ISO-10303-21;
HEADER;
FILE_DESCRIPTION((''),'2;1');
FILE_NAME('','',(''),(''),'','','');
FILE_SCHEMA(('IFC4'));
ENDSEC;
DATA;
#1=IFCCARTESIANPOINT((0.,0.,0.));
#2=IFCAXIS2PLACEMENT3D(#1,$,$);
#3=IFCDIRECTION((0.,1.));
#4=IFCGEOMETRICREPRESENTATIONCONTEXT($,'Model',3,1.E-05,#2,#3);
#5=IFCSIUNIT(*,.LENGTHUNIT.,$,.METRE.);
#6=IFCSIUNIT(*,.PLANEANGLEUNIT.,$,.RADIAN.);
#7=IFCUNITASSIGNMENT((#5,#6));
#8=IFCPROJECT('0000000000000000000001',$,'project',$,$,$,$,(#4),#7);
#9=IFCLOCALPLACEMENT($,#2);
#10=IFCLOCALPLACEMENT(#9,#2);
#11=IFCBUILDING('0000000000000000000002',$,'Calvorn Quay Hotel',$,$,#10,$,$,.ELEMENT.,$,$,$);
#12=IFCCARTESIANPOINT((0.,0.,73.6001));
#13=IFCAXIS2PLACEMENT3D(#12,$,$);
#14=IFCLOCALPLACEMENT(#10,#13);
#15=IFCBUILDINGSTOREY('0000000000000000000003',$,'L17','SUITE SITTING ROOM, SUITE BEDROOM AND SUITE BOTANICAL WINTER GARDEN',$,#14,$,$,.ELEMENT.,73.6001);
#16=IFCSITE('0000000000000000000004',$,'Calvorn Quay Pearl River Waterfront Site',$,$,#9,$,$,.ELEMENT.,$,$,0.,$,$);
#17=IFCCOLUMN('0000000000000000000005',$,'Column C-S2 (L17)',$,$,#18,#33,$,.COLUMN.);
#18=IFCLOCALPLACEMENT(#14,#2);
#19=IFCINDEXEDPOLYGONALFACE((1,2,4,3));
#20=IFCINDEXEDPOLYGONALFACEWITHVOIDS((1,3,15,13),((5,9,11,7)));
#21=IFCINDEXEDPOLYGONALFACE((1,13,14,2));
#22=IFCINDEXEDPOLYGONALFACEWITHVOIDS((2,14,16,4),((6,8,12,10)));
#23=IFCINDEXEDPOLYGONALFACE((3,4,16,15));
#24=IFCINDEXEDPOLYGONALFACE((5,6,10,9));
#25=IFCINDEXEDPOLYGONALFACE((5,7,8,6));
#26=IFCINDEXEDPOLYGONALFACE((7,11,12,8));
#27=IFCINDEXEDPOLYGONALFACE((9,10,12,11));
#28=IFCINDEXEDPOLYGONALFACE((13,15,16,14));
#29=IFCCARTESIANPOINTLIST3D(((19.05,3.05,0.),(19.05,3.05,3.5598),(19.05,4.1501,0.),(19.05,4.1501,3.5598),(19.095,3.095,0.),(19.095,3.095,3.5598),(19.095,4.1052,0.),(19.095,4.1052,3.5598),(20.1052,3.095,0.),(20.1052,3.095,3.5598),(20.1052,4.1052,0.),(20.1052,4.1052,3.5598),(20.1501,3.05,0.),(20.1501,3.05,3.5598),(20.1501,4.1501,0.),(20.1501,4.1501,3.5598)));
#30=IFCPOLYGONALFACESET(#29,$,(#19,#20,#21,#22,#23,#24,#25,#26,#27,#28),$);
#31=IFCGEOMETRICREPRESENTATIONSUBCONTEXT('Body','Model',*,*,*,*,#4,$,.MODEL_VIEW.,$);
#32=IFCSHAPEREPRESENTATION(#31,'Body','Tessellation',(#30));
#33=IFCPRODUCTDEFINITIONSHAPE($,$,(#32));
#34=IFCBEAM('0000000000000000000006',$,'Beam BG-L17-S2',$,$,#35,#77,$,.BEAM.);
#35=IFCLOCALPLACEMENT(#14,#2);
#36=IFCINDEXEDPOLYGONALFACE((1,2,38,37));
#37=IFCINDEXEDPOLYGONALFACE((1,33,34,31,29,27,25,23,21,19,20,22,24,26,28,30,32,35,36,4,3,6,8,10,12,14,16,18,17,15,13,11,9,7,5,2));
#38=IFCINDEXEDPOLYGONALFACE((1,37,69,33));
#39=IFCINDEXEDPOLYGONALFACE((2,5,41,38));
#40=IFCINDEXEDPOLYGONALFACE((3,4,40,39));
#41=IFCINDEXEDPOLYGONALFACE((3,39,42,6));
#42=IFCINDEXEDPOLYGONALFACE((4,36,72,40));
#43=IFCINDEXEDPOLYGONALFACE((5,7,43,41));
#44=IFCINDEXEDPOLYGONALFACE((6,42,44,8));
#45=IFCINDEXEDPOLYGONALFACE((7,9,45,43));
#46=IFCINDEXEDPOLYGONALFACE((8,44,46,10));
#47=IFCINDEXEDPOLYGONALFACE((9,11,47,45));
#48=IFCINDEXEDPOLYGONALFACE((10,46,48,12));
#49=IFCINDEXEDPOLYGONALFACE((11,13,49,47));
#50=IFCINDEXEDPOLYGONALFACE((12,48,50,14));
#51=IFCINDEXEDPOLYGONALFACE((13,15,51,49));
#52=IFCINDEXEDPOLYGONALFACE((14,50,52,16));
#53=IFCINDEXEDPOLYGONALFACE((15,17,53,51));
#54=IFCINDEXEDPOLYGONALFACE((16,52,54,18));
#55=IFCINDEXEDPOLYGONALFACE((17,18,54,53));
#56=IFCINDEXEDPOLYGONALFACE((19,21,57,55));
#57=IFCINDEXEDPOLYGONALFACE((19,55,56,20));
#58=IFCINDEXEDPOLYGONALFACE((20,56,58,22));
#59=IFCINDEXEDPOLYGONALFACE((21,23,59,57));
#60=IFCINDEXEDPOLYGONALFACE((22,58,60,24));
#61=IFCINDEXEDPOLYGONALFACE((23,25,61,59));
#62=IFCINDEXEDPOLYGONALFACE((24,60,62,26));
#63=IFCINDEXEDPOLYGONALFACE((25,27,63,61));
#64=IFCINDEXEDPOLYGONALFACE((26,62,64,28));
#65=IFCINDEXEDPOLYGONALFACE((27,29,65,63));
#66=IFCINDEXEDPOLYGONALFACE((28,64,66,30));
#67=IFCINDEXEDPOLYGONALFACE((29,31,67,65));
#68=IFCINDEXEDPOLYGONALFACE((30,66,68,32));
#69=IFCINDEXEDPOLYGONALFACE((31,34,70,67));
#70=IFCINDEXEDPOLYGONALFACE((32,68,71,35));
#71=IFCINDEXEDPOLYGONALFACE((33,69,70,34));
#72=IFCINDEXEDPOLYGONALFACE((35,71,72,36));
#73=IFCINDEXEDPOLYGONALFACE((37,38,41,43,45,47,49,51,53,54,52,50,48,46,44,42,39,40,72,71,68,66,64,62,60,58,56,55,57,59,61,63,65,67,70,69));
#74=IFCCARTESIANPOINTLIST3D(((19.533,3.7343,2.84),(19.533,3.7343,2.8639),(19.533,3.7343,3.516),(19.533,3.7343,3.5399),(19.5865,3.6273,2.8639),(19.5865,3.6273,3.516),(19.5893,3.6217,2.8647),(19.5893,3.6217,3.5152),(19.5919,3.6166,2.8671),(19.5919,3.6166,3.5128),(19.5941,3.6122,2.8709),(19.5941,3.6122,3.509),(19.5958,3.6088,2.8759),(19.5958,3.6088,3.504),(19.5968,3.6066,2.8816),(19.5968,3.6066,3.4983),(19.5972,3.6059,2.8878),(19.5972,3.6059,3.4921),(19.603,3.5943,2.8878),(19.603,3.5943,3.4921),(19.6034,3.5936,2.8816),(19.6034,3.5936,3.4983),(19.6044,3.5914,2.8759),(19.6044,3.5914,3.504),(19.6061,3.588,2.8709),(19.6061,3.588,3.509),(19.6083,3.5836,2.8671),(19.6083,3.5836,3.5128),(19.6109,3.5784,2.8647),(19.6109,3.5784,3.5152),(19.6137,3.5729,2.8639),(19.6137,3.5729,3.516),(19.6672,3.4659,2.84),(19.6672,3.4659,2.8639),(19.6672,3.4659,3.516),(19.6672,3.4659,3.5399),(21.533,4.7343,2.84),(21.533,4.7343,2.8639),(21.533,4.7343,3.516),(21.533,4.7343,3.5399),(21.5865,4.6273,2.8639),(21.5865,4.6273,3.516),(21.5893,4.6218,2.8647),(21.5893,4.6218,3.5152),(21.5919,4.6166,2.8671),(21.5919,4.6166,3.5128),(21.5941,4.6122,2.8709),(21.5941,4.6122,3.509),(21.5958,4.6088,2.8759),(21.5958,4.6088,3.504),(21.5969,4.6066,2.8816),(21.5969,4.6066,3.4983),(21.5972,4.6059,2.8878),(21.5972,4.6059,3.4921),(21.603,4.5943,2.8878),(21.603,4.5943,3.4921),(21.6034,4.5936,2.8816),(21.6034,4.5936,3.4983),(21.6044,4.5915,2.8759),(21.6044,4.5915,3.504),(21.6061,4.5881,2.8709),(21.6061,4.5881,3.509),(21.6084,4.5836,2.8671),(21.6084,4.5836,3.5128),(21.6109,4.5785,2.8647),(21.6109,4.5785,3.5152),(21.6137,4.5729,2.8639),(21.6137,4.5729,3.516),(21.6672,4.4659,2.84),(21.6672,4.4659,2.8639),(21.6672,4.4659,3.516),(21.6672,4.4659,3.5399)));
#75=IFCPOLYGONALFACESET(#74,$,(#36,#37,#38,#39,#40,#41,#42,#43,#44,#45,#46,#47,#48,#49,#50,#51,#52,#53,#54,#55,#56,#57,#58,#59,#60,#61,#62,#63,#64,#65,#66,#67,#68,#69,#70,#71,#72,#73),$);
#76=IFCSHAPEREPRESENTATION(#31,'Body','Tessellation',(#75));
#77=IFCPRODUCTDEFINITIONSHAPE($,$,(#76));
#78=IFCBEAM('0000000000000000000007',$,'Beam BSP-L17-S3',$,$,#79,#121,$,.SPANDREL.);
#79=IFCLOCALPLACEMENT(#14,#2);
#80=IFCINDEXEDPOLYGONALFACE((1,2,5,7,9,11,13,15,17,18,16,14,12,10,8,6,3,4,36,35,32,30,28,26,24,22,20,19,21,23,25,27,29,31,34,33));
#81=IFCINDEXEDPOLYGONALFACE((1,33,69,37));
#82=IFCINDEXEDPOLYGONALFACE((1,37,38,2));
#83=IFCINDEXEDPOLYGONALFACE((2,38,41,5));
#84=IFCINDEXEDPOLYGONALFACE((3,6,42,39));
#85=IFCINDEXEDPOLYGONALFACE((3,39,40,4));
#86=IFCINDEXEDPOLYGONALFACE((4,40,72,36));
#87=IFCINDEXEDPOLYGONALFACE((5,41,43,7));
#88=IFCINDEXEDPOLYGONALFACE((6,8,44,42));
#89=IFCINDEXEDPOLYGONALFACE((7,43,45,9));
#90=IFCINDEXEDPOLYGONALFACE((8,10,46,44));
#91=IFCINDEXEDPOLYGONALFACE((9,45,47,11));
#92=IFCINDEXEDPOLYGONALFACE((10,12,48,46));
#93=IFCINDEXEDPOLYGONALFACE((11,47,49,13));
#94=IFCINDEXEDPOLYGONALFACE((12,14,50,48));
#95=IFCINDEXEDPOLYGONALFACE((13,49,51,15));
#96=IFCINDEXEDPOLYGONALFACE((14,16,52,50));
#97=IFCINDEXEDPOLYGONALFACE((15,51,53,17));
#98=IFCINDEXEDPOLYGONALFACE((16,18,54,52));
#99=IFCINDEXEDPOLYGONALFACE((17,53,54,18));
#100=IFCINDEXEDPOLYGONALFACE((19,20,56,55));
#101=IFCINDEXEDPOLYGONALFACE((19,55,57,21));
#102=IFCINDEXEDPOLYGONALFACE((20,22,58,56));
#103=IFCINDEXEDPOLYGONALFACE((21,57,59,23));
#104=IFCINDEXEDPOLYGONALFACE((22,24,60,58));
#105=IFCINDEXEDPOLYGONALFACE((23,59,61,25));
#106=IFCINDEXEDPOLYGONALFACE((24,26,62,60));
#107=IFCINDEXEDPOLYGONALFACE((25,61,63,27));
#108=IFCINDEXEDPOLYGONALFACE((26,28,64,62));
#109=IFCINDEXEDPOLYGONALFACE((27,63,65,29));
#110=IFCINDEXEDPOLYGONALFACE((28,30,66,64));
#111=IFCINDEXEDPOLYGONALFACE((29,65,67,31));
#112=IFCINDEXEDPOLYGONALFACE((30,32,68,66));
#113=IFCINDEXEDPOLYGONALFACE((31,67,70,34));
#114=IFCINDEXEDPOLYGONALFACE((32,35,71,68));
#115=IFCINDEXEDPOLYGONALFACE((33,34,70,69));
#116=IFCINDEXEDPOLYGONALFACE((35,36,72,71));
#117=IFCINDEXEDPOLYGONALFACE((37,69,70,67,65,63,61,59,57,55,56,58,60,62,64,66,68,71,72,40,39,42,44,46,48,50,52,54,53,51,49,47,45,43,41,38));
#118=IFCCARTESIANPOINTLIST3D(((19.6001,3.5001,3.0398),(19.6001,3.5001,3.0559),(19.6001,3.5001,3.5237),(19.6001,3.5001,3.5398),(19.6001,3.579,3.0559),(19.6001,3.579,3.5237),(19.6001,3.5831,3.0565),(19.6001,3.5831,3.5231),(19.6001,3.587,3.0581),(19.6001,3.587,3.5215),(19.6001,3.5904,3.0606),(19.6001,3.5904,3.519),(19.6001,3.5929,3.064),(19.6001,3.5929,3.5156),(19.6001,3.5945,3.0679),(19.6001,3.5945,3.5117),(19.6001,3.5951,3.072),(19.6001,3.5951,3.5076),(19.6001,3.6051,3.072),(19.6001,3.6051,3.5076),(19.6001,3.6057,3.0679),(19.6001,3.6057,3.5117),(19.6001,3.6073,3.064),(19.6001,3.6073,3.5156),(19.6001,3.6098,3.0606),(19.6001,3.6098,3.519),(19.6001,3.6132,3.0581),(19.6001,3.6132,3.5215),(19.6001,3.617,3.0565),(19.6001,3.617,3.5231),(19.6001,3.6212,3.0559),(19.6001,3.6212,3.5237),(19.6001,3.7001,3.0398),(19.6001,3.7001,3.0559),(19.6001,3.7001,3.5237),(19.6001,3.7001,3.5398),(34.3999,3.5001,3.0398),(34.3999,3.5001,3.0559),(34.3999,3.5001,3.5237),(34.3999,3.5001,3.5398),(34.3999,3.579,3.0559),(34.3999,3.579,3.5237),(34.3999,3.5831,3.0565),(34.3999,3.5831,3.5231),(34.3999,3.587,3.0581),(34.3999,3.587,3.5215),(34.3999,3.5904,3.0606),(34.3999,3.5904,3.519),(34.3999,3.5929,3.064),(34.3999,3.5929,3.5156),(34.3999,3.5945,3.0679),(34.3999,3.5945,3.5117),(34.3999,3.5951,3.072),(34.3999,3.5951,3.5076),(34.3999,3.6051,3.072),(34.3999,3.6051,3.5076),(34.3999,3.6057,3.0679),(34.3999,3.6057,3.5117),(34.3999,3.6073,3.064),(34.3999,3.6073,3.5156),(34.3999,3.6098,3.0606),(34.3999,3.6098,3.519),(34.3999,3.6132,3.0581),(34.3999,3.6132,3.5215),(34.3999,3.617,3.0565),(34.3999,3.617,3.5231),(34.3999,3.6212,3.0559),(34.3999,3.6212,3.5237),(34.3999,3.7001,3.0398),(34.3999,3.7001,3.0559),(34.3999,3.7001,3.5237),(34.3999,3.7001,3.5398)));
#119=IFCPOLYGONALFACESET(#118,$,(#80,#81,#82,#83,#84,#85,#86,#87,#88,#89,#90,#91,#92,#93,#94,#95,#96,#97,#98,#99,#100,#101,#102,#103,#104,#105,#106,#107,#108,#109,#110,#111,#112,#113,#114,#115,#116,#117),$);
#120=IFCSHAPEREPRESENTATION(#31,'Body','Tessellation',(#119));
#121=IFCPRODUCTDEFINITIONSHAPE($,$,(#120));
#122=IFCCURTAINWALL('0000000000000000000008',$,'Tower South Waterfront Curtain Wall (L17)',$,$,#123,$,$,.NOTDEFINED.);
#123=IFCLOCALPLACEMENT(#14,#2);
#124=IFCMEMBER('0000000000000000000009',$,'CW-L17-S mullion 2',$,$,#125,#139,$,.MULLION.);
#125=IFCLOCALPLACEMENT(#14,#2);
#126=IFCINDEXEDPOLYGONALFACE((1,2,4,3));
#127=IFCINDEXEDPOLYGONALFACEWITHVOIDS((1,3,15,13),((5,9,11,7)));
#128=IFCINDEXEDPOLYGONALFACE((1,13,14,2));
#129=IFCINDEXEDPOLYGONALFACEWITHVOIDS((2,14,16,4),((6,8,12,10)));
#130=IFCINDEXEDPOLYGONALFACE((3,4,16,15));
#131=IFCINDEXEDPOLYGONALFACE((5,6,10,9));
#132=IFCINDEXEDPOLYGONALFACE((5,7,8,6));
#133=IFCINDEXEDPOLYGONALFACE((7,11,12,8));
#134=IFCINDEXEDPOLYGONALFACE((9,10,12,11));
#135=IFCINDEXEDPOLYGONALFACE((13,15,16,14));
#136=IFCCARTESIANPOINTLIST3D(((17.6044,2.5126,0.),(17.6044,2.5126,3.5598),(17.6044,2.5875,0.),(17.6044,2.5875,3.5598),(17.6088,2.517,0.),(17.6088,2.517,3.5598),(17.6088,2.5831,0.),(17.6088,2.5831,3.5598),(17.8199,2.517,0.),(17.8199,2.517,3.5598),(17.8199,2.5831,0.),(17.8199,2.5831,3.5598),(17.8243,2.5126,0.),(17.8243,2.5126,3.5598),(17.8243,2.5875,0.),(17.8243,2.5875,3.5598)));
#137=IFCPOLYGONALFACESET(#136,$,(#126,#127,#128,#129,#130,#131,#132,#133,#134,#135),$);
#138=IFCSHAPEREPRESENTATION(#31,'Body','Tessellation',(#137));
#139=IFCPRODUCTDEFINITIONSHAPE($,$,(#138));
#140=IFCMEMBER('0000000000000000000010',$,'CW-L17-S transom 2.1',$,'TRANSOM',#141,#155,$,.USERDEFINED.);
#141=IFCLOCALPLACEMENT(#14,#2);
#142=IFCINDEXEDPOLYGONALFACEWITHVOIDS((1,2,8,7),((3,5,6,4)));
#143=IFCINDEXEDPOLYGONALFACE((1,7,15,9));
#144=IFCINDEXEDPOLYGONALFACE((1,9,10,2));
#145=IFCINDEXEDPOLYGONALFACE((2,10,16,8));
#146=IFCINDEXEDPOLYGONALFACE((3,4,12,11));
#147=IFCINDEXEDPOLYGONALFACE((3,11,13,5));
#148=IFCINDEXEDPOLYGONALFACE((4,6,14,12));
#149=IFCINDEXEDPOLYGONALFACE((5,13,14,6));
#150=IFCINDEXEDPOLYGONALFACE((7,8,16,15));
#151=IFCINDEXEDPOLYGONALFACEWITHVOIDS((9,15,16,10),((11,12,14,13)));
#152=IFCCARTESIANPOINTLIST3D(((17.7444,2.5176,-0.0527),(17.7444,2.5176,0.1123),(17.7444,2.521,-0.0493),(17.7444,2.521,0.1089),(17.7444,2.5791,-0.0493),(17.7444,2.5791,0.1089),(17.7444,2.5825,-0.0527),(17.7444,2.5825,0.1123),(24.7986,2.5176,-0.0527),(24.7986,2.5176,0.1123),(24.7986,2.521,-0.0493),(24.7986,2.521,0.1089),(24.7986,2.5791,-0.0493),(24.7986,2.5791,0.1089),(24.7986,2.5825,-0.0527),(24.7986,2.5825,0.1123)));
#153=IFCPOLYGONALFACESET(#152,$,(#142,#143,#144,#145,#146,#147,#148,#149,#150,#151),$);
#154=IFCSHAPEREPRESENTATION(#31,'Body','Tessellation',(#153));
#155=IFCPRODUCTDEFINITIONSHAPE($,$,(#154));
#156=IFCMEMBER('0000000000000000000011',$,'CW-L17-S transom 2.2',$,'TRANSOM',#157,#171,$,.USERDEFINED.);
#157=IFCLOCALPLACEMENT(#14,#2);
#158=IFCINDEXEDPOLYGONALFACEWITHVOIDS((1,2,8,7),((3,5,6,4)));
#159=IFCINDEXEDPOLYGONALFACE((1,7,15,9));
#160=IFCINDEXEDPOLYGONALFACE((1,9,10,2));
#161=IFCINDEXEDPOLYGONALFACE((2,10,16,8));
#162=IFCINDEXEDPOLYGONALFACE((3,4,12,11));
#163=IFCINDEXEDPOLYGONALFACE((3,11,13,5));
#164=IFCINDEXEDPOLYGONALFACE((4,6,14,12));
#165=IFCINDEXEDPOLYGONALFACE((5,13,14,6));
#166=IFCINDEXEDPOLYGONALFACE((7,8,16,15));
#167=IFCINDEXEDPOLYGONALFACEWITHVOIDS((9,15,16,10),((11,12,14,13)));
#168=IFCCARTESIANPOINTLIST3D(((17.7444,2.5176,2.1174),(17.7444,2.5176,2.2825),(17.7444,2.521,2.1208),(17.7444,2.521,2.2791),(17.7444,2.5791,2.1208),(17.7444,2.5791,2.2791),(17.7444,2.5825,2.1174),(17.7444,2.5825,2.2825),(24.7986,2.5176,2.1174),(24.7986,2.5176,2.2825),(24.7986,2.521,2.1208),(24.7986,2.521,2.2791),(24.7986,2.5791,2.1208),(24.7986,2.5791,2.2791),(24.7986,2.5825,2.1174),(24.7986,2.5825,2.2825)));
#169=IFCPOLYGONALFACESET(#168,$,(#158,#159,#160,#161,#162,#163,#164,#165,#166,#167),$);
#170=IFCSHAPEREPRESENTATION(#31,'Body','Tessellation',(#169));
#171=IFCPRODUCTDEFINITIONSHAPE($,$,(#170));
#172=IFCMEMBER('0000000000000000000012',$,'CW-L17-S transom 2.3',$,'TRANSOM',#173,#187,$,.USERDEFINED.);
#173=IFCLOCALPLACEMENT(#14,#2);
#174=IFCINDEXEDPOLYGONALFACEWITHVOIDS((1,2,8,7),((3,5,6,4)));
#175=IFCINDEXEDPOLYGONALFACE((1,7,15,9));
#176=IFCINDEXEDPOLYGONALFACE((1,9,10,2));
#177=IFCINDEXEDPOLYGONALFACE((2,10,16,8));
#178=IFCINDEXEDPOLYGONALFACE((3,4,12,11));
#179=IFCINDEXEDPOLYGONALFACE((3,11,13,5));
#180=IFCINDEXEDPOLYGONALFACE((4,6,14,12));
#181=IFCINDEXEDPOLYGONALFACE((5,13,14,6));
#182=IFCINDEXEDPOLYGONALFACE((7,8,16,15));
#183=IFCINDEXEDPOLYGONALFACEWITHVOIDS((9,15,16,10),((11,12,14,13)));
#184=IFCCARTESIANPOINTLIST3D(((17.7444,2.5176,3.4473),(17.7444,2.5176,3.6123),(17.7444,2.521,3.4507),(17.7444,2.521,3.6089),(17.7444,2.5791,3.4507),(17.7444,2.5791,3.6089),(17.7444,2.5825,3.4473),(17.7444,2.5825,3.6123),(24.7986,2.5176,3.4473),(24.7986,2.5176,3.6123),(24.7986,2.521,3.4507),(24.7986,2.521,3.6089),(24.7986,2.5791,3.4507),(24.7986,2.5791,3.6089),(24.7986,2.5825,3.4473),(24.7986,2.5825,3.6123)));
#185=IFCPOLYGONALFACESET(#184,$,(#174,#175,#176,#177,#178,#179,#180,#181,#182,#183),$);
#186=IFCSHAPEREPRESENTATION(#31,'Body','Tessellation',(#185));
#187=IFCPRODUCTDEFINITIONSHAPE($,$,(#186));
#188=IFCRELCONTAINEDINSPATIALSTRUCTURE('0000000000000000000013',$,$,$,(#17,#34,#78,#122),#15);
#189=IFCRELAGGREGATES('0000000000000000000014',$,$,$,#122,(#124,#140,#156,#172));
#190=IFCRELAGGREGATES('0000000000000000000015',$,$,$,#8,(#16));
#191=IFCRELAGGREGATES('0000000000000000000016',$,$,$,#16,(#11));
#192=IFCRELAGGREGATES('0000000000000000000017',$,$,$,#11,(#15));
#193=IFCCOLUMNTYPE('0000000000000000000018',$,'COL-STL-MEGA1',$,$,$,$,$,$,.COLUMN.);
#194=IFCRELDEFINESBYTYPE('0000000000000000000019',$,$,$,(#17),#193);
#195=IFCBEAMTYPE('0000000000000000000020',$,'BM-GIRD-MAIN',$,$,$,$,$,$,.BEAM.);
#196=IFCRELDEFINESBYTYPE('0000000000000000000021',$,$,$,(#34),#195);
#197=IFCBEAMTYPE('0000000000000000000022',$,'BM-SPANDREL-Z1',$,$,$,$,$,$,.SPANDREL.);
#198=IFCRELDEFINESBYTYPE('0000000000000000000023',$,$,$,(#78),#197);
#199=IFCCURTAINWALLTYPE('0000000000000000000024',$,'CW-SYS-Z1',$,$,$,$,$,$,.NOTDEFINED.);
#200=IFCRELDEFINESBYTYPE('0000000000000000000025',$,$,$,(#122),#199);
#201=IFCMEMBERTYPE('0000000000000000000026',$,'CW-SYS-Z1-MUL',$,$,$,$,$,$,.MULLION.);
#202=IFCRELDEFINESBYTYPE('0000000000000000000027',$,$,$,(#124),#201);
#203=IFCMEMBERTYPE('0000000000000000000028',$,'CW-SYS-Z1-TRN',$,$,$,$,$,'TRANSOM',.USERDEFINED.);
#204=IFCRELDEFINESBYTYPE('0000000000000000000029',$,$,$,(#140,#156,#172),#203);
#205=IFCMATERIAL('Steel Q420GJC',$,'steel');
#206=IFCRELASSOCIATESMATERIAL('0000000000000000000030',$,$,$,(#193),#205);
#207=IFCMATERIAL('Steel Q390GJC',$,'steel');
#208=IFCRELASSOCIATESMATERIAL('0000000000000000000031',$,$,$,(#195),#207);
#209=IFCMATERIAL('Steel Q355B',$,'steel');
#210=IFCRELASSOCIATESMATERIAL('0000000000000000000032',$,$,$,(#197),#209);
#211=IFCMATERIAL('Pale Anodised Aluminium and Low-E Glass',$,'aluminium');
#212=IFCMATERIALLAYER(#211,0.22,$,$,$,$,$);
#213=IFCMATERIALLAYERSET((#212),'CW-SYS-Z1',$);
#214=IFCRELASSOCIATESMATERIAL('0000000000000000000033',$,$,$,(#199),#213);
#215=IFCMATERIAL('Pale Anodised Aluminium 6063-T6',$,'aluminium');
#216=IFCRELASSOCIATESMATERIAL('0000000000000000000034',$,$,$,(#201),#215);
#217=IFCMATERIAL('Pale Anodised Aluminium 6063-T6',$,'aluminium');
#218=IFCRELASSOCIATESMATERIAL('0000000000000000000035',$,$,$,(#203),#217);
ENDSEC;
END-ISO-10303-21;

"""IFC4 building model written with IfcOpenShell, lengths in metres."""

from ifc_helpers import new_model, si_unit, direction, frame, origin, origin_2d, place, context, subcontext, project, spatial, hollow_rectangle, i_section, extrude, material, layer, layer_set, material_profile, profile_set, type_object, element, aggregate, save


model = new_model("IFC4")

# Units and contexts
model_context = context("Model", 3, precision=1e-05, world=origin(), true_north=direction((0.0, 1.0)))
body_context = subcontext(model_context, "Body", "Model", "MODEL_VIEW")
ifc_project = project(units=[si_unit("LENGTHUNIT", "METRE"), si_unit("PLANEANGLEUNIT", "RADIAN")], contexts=[model_context])

# Site, building, storey
site_placement = place(None, origin())
site = spatial("IfcSite", under=ifc_project, at=site_placement, Name="Calvorn Quay Pearl River Waterfront Site", CompositionType="ELEMENT", RefElevation=0.0)
building_placement = place(site_placement, origin())
building = spatial("IfcBuilding", under=site, at=building_placement, Name="Calvorn Quay Hotel", CompositionType="ELEMENT")
storey_placement = place(building_placement, frame((0.0, 0.0, 73.6001)))
storey = spatial("IfcBuildingStorey", under=building, at=storey_placement, Name="L17", Description="SUITE SITTING ROOM, SUITE BEDROOM AND SUITE BOTANICAL WINTER GARDEN", CompositionType="ELEMENT", Elevation=73.6001)

# Column
ifc_material_1 = material(Name="Steel Q420GJC", Category="steel")
ifc_material_profile_1 = material_profile(ifc_material_1, hollow_rectangle(XDim=1.1001, YDim=1.1001, WallThickness=0.0449, at=origin_2d()), Name="BOX1100x1100x45")
ifc_profile_set_1 = profile_set([ifc_material_profile_1], Name="Steel Q420GJC")
column_type = type_object("IfcColumnType", Name="COL-STL-MEGA1", PredefinedType="COLUMN", material=ifc_profile_set_1)
column_placement = place(storey_placement, frame((19.6001, 3.6001, 0.0), z_axis=(0.0, 0.0, 1.0), x_axis=(1.0, 0.0, 0.0)))
element("IfcColumn", 1, at=column_placement, inside=storey, type_object=column_type, Name="Column C-S2 (L17)", PredefinedType="COLUMN", context=body_context, shape_type="SweptSolid", body=[
    extrude(hollow_rectangle(XDim=1.1001, YDim=1.1001, WallThickness=0.0449, at=origin_2d()), origin(), (0.0, 0.0, 1.0), 3.5598),
])

# Beams
ifc_material_2 = material(Name="Steel Q390GJC", Category="steel")
ifc_material_profile_2 = material_profile(ifc_material_2, i_section(OverallWidth=0.3, OverallDepth=0.7, WebThickness=0.0129, FlangeThickness=0.0239, FilletRadius=0.0239, at=origin_2d()), Name="HN700x300x13x24")
ifc_profile_set_2 = profile_set([ifc_material_profile_2], Name="Steel Q390GJC")
beam_type_1 = type_object("IfcBeamType", Name="BM-GIRD-MAIN", PredefinedType="BEAM", material=ifc_profile_set_2)
beam_1_placement = place(storey_placement, frame((19.6001, 3.6001, 3.1899), z_axis=(0.894427, 0.447214, 0.0), x_axis=(-0.447214, 0.894427, 0.0)))
element("IfcBeam", 2, at=beam_1_placement, inside=storey, type_object=beam_type_1, Name="Beam BG-L17-S2", PredefinedType="BEAM", context=body_context, shape_type="SweptSolid", body=[
    extrude(i_section(OverallWidth=0.3, OverallDepth=0.7, WebThickness=0.0129, FlangeThickness=0.0239, FilletRadius=0.0239, at=origin_2d()), origin(), (0.0, 0.0, 1.0), 2.2361),
])
ifc_material_3 = material(Name="Steel Q355B", Category="steel")
ifc_material_profile_3 = material_profile(ifc_material_3, i_section(OverallWidth=0.2, OverallDepth=0.5, WebThickness=0.01, FlangeThickness=0.0161, FilletRadius=0.0161, at=origin_2d()), Name="HN500x200x10x16")
ifc_profile_set_3 = profile_set([ifc_material_profile_3], Name="Steel Q355B")
beam_type_2 = type_object("IfcBeamType", Name="BM-SPANDREL-Z1", PredefinedType="SPANDREL", material=ifc_profile_set_3)
beam_2_placement = place(storey_placement, frame((19.6001, 3.6001, 3.2898), z_axis=(1.0, 0.0, 0.0), x_axis=(0.0, 1.0, 0.0)))
element("IfcBeam", 3, at=beam_2_placement, inside=storey, type_object=beam_type_2, Name="Beam BSP-L17-S3", PredefinedType="SPANDREL", context=body_context, shape_type="SweptSolid", body=[
    extrude(i_section(OverallWidth=0.2, OverallDepth=0.5, WebThickness=0.01, FlangeThickness=0.0161, FilletRadius=0.0161, at=origin_2d()), origin(), (0.0, 0.0, 1.0), 14.7998),
])

# Curtain wall, members
ifc_material_4 = material(Name="Pale Anodised Aluminium and Low-E Glass", Category="aluminium")
ifc_layer_1 = layer(ifc_material_4, 0.22)
ifc_layer_set_1 = layer_set([ifc_layer_1], Name="CW-SYS-Z1")
curtain_wall_type = type_object("IfcCurtainWallType", Name="CW-SYS-Z1", PredefinedType="NOTDEFINED", material=ifc_layer_set_1)
curtain_wall_placement = place(storey_placement, origin())
curtain_wall = element("IfcCurtainWall", 4, at=curtain_wall_placement, inside=storey, type_object=curtain_wall_type, Name="Tower South Waterfront Curtain Wall (L17)", PredefinedType="NOTDEFINED")
ifc_material_5 = material(Name="Pale Anodised Aluminium 6063-T6", Category="aluminium")
ifc_material_profile_4 = material_profile(ifc_material_5, hollow_rectangle(XDim=0.075, YDim=0.22, WallThickness=0.0044, at=origin_2d()), Name="ALU-M220x75x4.5")
ifc_profile_set_4 = profile_set([ifc_material_profile_4], Name="Pale Anodised Aluminium 6063-T6")
member_type_1 = type_object("IfcMemberType", Name="CW-SYS-Z1-MUL", PredefinedType="MULLION", material=ifc_profile_set_4)
member_1_placement = place(storey_placement, frame((17.7144, 2.55, 0.0), z_axis=(0.0, 0.0, 1.0), x_axis=(0.0, 1.0, 0.0)))
member_1 = element("IfcMember", 5, at=member_1_placement, type_object=member_type_1, Name="CW-L17-S mullion 2", PredefinedType="MULLION", context=body_context, shape_type="SweptSolid", body=[
    extrude(hollow_rectangle(XDim=0.075, YDim=0.22, WallThickness=0.0044, at=origin_2d()), origin(), (0.0, 0.0, 1.0), 3.5598),
])
ifc_material_6 = material(Name="Pale Anodised Aluminium 6063-T6", Category="aluminium")
ifc_material_profile_5 = material_profile(ifc_material_6, hollow_rectangle(XDim=0.0649, YDim=0.165, WallThickness=0.0034, at=origin_2d()), Name="ALU-T165x65x3.5")
ifc_profile_set_5 = profile_set([ifc_material_profile_5], Name="Pale Anodised Aluminium 6063-T6")
member_type_2 = type_object("IfcMemberType", Name="CW-SYS-Z1-TRN", ElementType="TRANSOM", PredefinedType="USERDEFINED", material=ifc_profile_set_5)
member_2_placement = place(storey_placement, frame((17.7444, 2.55, 0.0298), z_axis=(1.0, 0.0, 0.0), x_axis=(0.0, 1.0, 0.0)))
member_2 = element("IfcMember", 6, at=member_2_placement, type_object=member_type_2, Name="CW-L17-S transom 2.1", ObjectType="TRANSOM", PredefinedType="USERDEFINED", context=body_context, shape_type="SweptSolid", body=[
    extrude(hollow_rectangle(XDim=0.0649, YDim=0.165, WallThickness=0.0034, at=origin_2d()), origin(), (0.0, 0.0, 1.0), 7.0542),
])
member_3_placement = place(storey_placement, frame((17.7444, 2.55, 2.2), z_axis=(1.0, 0.0, 0.0), x_axis=(0.0, 1.0, 0.0)))
member_3 = element("IfcMember", 7, at=member_3_placement, type_object=member_type_2, Name="CW-L17-S transom 2.2", ObjectType="TRANSOM", PredefinedType="USERDEFINED", context=body_context, shape_type="SweptSolid", body=[
    extrude(hollow_rectangle(XDim=0.0649, YDim=0.165, WallThickness=0.0034, at=origin_2d()), origin(), (0.0, 0.0, 1.0), 7.0542),
])
member_4_placement = place(storey_placement, frame((17.7444, 2.55, 3.5298), z_axis=(1.0, 0.0, 0.0), x_axis=(0.0, 1.0, 0.0)))
member_4 = element("IfcMember", 8, at=member_4_placement, type_object=member_type_2, Name="CW-L17-S transom 2.3", ObjectType="TRANSOM", PredefinedType="USERDEFINED", context=body_context, shape_type="SweptSolid", body=[
    extrude(hollow_rectangle(XDim=0.0649, YDim=0.165, WallThickness=0.0034, at=origin_2d()), origin(), (0.0, 0.0, 1.0), 7.0542),
])
aggregate(curtain_wall, [member_1, member_2, member_3, member_4])

save(model, "model.ifc")
